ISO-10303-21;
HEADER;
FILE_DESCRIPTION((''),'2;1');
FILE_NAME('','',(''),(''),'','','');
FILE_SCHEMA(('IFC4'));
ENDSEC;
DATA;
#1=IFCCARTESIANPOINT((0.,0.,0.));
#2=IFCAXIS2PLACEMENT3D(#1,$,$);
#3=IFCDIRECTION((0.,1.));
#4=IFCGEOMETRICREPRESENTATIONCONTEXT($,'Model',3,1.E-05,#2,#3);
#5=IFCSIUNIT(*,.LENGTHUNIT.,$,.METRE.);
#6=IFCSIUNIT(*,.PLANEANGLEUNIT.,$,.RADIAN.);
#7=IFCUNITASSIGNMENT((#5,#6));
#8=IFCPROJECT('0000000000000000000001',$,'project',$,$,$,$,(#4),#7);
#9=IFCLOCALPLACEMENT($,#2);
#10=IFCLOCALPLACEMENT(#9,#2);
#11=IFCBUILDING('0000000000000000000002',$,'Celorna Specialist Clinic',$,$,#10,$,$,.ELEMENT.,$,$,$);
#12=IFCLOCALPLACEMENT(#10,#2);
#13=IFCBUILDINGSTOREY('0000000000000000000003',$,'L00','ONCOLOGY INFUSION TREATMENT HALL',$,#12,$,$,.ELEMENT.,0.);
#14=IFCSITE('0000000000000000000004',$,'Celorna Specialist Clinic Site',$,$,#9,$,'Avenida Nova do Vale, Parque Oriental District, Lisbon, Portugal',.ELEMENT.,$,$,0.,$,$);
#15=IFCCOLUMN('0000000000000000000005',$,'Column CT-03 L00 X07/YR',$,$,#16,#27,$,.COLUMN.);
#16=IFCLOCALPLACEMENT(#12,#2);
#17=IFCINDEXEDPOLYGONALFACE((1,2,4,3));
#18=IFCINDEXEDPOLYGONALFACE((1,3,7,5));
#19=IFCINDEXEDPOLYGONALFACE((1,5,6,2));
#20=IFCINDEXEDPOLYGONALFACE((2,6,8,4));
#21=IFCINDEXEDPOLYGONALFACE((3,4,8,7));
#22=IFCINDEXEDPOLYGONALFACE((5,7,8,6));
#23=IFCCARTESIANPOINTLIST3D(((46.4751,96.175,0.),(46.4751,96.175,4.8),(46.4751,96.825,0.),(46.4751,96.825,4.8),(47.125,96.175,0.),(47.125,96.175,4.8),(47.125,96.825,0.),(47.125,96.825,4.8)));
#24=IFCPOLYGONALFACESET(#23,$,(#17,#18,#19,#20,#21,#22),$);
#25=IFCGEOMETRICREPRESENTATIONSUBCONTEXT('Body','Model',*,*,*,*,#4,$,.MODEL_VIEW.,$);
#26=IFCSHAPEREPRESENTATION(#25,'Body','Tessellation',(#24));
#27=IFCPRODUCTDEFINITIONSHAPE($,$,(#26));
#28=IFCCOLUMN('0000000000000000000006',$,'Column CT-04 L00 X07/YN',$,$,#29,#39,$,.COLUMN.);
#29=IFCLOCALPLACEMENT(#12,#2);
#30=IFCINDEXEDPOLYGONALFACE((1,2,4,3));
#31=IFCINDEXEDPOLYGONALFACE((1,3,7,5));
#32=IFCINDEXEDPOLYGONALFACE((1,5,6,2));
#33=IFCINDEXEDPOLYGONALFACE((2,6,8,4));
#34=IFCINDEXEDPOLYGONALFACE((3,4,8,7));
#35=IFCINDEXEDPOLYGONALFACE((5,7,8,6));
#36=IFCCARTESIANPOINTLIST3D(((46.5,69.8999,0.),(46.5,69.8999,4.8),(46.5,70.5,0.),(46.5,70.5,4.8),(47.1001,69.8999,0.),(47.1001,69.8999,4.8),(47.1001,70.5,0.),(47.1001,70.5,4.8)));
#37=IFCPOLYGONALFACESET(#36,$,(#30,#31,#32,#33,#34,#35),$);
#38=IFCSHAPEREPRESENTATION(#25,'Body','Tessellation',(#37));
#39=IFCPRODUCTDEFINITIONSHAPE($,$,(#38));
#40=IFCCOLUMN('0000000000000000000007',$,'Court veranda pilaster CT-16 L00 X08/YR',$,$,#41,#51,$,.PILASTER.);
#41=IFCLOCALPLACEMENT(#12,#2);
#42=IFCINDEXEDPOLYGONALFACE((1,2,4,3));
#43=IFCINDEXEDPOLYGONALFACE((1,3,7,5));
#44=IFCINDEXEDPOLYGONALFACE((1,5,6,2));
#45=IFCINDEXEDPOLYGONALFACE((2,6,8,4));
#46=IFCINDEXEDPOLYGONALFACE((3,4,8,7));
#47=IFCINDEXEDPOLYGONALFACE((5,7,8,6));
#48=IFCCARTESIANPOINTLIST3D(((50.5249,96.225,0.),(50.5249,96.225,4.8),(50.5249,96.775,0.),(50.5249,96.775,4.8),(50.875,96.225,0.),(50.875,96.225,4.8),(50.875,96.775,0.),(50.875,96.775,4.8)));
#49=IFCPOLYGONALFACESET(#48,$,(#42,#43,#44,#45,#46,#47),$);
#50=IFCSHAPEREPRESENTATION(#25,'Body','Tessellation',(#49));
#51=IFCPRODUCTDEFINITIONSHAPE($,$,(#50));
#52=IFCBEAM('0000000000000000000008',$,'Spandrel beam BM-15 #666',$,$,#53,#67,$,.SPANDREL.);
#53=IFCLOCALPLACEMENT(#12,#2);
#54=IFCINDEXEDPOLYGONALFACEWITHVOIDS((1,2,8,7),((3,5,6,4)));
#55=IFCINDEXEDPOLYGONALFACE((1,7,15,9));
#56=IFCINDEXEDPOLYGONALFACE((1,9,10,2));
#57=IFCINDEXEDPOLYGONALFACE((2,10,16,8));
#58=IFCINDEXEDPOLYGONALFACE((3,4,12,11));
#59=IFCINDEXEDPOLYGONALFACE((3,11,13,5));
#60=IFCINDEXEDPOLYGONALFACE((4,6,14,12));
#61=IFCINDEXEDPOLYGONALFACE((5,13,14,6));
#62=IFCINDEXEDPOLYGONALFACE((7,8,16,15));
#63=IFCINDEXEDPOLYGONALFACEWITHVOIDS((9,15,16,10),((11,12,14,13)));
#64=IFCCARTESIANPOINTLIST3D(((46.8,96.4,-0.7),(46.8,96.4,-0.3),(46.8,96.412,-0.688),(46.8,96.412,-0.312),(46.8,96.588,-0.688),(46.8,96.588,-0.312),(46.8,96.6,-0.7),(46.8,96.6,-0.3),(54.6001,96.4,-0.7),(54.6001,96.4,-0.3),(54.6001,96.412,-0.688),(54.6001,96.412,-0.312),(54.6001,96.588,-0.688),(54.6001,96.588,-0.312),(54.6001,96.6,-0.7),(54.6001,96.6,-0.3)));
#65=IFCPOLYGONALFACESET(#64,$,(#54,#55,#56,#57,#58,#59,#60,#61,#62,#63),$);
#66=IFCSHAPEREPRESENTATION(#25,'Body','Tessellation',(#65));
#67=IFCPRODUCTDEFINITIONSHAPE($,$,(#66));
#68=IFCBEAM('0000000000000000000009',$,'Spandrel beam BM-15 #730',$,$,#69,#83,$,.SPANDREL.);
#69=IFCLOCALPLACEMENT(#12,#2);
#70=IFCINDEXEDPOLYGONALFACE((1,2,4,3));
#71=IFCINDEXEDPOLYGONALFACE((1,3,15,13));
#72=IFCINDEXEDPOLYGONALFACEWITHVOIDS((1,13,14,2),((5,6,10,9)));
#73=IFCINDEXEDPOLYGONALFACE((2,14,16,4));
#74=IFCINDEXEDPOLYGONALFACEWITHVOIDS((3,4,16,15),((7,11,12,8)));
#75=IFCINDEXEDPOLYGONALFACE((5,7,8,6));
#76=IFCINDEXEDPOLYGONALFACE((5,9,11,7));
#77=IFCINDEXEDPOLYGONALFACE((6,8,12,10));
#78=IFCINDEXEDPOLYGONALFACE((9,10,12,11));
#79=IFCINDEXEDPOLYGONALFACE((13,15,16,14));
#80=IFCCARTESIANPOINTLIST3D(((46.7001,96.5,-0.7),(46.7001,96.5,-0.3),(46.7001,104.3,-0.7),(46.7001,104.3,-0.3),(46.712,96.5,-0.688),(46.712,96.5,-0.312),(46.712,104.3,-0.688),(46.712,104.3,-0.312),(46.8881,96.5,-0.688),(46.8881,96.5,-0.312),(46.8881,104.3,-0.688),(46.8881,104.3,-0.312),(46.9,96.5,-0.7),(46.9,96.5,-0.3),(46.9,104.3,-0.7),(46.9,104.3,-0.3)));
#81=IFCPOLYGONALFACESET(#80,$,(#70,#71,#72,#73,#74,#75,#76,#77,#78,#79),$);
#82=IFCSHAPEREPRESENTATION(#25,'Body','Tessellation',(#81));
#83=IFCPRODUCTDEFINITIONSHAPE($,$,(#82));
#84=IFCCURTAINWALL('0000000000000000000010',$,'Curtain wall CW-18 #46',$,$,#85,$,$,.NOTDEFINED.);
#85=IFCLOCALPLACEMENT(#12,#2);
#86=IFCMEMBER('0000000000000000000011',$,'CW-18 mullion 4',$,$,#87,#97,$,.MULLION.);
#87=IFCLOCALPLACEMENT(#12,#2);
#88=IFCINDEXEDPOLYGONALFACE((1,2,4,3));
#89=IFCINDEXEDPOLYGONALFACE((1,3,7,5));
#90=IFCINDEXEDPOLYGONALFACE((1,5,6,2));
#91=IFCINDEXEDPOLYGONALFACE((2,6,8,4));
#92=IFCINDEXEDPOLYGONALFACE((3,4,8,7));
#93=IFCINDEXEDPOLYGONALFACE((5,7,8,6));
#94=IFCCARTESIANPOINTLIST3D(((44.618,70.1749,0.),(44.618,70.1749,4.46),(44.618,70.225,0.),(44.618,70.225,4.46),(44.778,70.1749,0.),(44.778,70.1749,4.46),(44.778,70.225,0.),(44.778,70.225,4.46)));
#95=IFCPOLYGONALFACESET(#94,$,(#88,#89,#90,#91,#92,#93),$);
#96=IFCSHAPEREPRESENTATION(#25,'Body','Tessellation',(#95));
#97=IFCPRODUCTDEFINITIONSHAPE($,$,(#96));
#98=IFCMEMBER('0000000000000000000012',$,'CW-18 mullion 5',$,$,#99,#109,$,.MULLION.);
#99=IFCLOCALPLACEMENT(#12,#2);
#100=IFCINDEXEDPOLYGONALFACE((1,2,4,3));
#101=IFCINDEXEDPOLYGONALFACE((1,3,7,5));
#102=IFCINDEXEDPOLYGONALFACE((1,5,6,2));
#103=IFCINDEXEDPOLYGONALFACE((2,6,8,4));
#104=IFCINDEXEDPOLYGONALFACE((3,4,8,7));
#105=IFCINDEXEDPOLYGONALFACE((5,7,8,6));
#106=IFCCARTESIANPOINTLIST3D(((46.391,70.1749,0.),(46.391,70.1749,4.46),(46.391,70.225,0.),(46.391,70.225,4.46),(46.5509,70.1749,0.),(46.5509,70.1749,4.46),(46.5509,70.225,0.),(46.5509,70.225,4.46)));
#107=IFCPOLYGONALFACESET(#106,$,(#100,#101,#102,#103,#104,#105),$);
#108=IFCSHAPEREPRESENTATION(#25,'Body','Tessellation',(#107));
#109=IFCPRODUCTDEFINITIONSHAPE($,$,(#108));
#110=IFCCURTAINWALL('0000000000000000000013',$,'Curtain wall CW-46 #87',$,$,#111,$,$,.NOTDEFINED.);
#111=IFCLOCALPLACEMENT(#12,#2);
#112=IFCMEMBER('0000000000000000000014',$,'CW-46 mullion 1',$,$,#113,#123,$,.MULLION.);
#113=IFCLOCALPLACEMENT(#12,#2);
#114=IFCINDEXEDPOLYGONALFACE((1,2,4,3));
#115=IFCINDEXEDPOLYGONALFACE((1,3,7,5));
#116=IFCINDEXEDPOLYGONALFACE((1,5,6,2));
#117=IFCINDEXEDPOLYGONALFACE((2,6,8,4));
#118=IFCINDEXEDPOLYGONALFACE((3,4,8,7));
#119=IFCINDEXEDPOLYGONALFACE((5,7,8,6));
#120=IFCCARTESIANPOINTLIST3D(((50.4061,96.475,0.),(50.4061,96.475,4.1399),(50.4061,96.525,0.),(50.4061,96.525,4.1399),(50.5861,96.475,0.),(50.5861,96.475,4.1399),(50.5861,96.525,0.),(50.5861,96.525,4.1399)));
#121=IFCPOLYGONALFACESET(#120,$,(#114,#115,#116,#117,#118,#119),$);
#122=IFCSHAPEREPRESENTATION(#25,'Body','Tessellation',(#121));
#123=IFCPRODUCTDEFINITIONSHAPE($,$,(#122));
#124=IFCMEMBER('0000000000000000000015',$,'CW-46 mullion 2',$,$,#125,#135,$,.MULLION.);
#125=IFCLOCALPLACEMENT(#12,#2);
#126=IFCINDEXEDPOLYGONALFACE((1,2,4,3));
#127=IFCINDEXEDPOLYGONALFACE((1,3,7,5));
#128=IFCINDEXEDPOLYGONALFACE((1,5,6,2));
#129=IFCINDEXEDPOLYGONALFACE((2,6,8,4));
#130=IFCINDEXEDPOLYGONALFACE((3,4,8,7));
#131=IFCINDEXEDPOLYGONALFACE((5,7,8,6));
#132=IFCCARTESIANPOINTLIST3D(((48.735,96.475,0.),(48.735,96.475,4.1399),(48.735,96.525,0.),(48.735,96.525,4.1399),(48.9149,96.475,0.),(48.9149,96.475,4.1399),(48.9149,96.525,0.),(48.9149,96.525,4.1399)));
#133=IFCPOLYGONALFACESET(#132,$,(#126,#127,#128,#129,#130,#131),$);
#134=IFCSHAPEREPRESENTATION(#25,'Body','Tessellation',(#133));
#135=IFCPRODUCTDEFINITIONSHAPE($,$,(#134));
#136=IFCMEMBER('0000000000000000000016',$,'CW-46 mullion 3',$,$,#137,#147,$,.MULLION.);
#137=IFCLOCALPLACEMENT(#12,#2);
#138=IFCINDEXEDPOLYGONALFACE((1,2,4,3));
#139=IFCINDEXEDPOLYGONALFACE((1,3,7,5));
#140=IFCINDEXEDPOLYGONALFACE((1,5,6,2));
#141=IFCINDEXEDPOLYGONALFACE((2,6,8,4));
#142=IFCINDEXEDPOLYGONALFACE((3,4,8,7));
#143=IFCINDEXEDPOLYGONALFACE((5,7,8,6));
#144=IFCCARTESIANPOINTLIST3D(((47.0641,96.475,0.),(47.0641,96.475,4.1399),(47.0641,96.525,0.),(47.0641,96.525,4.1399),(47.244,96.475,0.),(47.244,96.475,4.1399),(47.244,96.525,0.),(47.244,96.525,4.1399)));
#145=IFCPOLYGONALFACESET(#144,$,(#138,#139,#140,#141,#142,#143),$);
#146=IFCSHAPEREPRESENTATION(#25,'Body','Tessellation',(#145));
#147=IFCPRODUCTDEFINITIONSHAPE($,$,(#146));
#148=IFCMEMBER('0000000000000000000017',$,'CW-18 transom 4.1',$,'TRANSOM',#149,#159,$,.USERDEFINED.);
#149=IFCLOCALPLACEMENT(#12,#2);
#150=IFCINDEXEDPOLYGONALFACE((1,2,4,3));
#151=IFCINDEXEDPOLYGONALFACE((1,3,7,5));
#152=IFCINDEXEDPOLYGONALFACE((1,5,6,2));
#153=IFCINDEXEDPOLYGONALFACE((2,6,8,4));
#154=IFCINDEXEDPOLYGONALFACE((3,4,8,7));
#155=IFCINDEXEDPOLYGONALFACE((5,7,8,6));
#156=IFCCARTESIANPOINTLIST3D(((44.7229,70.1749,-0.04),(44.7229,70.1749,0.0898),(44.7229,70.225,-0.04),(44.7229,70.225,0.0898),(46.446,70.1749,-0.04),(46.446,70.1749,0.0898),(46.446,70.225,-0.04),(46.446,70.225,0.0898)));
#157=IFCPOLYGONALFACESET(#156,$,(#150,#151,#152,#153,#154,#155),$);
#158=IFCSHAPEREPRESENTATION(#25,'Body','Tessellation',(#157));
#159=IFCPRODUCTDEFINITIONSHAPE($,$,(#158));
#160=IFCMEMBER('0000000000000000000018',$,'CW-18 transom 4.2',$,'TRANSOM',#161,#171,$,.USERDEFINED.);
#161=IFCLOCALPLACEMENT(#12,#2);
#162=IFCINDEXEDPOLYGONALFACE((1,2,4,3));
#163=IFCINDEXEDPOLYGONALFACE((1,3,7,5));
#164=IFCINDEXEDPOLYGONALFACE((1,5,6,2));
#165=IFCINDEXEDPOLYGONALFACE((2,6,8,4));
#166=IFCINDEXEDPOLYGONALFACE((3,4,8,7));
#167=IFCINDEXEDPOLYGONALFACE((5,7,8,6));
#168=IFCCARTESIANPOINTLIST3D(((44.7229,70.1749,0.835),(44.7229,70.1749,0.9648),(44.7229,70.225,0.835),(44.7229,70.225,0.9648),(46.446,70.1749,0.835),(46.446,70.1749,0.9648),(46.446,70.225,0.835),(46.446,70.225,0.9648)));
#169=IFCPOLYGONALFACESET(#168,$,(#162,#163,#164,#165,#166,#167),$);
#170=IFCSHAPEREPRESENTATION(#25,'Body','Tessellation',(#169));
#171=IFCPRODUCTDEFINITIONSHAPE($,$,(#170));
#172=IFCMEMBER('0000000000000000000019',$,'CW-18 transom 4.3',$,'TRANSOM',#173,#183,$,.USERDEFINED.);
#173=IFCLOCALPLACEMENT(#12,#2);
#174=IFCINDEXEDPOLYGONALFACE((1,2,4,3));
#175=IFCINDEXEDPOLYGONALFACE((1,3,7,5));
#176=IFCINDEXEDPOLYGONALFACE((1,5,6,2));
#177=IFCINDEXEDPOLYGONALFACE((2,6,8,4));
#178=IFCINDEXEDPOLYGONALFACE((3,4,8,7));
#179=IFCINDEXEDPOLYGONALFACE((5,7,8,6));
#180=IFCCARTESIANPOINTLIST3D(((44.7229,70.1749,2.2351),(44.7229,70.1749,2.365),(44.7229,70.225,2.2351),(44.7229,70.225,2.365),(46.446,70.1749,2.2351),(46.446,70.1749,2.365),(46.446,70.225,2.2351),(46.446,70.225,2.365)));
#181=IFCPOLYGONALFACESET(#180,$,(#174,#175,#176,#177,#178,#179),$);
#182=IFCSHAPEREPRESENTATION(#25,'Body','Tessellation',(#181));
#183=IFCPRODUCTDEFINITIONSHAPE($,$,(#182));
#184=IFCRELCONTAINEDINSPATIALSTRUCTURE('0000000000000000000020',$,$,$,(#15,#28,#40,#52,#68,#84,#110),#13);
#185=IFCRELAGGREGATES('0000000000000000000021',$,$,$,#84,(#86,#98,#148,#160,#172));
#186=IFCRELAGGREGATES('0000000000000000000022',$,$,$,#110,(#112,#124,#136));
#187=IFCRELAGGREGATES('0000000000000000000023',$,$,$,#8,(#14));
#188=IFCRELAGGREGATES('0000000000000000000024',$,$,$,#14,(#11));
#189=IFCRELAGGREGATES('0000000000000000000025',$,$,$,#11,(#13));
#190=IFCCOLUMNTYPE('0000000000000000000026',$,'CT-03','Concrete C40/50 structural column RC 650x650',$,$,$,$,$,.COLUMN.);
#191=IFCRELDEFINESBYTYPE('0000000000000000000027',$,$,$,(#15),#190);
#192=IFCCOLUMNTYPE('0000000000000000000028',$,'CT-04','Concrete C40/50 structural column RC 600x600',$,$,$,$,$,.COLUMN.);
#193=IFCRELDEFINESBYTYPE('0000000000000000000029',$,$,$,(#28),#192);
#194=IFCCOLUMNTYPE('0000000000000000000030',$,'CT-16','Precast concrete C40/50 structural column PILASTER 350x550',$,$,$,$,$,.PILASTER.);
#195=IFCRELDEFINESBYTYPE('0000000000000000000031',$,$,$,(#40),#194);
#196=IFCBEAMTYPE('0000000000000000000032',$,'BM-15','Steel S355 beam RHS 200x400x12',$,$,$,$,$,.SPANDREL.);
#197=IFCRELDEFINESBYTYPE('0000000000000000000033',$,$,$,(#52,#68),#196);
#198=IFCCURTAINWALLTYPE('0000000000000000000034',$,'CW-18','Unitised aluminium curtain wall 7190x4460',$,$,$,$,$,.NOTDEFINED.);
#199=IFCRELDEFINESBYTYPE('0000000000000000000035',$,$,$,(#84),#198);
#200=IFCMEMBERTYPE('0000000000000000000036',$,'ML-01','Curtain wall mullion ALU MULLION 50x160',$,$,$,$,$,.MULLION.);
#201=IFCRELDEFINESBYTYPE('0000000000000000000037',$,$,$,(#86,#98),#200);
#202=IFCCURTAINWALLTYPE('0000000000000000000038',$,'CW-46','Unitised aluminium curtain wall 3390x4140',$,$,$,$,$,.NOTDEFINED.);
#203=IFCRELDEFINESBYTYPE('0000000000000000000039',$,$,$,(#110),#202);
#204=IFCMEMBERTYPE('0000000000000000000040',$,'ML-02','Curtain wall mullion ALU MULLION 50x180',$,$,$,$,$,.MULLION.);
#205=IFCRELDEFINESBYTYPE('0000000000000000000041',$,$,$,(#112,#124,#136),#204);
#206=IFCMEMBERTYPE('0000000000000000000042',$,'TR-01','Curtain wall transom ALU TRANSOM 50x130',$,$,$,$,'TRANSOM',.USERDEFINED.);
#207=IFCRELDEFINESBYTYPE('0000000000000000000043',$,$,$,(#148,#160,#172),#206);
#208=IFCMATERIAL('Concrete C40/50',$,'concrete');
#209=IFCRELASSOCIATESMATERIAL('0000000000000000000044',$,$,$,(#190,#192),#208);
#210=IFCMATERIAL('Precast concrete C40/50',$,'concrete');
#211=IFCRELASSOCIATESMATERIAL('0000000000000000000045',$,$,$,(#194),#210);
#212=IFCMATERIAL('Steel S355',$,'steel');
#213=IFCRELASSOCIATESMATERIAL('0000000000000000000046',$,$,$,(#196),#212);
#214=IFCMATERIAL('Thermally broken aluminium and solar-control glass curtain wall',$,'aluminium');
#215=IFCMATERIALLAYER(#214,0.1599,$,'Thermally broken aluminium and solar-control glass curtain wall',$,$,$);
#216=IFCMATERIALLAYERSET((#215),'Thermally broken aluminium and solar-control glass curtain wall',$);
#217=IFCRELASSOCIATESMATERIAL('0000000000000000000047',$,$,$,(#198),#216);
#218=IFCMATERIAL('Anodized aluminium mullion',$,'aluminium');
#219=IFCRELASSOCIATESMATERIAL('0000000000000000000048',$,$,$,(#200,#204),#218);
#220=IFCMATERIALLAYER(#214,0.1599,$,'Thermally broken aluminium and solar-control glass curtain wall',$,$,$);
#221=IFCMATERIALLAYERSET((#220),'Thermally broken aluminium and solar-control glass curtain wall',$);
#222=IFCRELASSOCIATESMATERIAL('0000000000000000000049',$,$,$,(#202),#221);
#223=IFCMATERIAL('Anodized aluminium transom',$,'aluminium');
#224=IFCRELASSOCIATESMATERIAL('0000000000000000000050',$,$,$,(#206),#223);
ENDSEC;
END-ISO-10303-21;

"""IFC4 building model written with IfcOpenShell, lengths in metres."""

from ifc_helpers import new_model, si_unit, direction, frame, origin, origin_2d, place, context, subcontext, project, spatial, rectangle, hollow_rectangle, extrude, material, layer, layer_set, material_profile, profile_set, type_object, element, aggregate, save


model = new_model("IFC4")

# Units and contexts
model_context = context("Model", 3, precision=1e-05, world=origin(), true_north=direction((0.0, 1.0)))
body_context = subcontext(model_context, "Body", "Model", "MODEL_VIEW")
ifc_project = project(units=[si_unit("LENGTHUNIT", "METRE"), si_unit("PLANEANGLEUNIT", "RADIAN")], contexts=[model_context])

# Site, building, storey
site_placement = place(None, origin())
site = spatial("IfcSite", under=ifc_project, at=site_placement, Name="Celorna Specialist Clinic Site", LongName="Avenida Nova do Vale, Parque Oriental District, Lisbon, Portugal", CompositionType="ELEMENT", RefElevation=0.0)
building_placement = place(site_placement, origin())
building = spatial("IfcBuilding", under=site, at=building_placement, Name="Celorna Specialist Clinic", CompositionType="ELEMENT")
storey_placement = place(building_placement, origin())
storey = spatial("IfcBuildingStorey", under=building, at=storey_placement, Name="L00", Description="ONCOLOGY INFUSION TREATMENT HALL", CompositionType="ELEMENT", Elevation=0.0)

# Columns
ifc_material_1 = material(Name="Concrete C40/50", Category="concrete")
ifc_material_profile_1 = material_profile(ifc_material_1, rectangle(XDim=0.6499, YDim=0.6499, at=origin_2d()), Name="RC 650x650")
ifc_profile_set_1 = profile_set([ifc_material_profile_1], Name="Concrete C40/50")
column_type_1 = type_object("IfcColumnType", Name="CT-03", Description="Concrete C40/50 structural column RC 650x650", PredefinedType="COLUMN", material=ifc_profile_set_1)
column_1_placement = place(storey_placement, frame((46.8, 96.5, 0.0), z_axis=(0.0, 0.0, 1.0), x_axis=(1.0, 0.0, 0.0)))
element("IfcColumn", 1, at=column_1_placement, inside=storey, type_object=column_type_1, Name="Column CT-03 L00 X07/YR", PredefinedType="COLUMN", context=body_context, shape_type="SweptSolid", body=[
    extrude(rectangle(XDim=0.6499, YDim=0.6499, at=origin_2d()), origin(), (0.0, 0.0, 1.0), 4.8),
])
ifc_material_profile_2 = material_profile(ifc_material_1, rectangle(XDim=0.6001, YDim=0.6001, at=origin_2d()), Name="RC 600x600")
ifc_profile_set_2 = profile_set([ifc_material_profile_2], Name="Concrete C40/50")
column_type_2 = type_object("IfcColumnType", Name="CT-04", Description="Concrete C40/50 structural column RC 600x600", PredefinedType="COLUMN", material=ifc_profile_set_2)
column_2_placement = place(storey_placement, frame((46.8, 70.2, 0.0), z_axis=(0.0, 0.0, 1.0), x_axis=(1.0, 0.0, 0.0)))
element("IfcColumn", 2, at=column_2_placement, inside=storey, type_object=column_type_2, Name="Column CT-04 L00 X07/YN", PredefinedType="COLUMN", context=body_context, shape_type="SweptSolid", body=[
    extrude(rectangle(XDim=0.6001, YDim=0.6001, at=origin_2d()), origin(), (0.0, 0.0, 1.0), 4.8),
])
ifc_material_2 = material(Name="Precast concrete C40/50", Category="concrete")
ifc_material_profile_3 = material_profile(ifc_material_2, rectangle(XDim=0.3501, YDim=0.55, at=origin_2d()), Name="PILASTER 350x550")
ifc_profile_set_3 = profile_set([ifc_material_profile_3], Name="Precast concrete C40/50")
column_type_3 = type_object("IfcColumnType", Name="CT-16", Description="Precast concrete C40/50 structural column PILASTER 350x550", PredefinedType="PILASTER", material=ifc_profile_set_3)
column_3_placement = place(storey_placement, frame((50.7, 96.5, 0.0), z_axis=(0.0, 0.0, 1.0), x_axis=(1.0, 0.0, 0.0)))
element("IfcColumn", 3, at=column_3_placement, inside=storey, type_object=column_type_3, Name="Court veranda pilaster CT-16 L00 X08/YR", PredefinedType="PILASTER", context=body_context, shape_type="SweptSolid", body=[
    extrude(rectangle(XDim=0.3501, YDim=0.55, at=origin_2d()), origin(), (0.0, 0.0, 1.0), 4.8),
])

# Beams
ifc_material_3 = material(Name="Steel S355", Category="steel")
ifc_material_profile_4 = material_profile(ifc_material_3, hollow_rectangle(XDim=0.2, YDim=0.3999, WallThickness=0.012, at=origin_2d()), Name="RHS 200x400x12")
ifc_profile_set_4 = profile_set([ifc_material_profile_4], Name="Steel S355")
beam_type = type_object("IfcBeamType", Name="BM-15", Description="Steel S355 beam RHS 200x400x12", PredefinedType="SPANDREL", material=ifc_profile_set_4)
for number, where, z_axis, x_axis, name in (
    (4, (46.8, 96.5, -0.5), (1.0, 0.0, 0.0), (0.0, 1.0, 0.0), "Spandrel beam BM-15 #666"),
    (5, (46.8, 96.5, -0.5), (0.0, 1.0, 0.0), (-1.0, 0.0, 0.0), "Spandrel beam BM-15 #730"),
):
    element("IfcBeam", number, at=place(storey_placement, frame(where, z_axis=z_axis, x_axis=x_axis)), inside=storey, type_object=beam_type, Name=name, PredefinedType="SPANDREL", context=body_context, shape_type="SweptSolid", body=[
        extrude(hollow_rectangle(XDim=0.2, YDim=0.3999, WallThickness=0.012, at=origin_2d()), origin(), (0.0, 0.0, 1.0), 7.8),
    ])

# Curtain walls, members
ifc_material_4 = material(Name="Thermally broken aluminium and solar-control glass curtain wall", Category="aluminium")
ifc_layer_1 = layer(ifc_material_4, 0.1599, Name="Thermally broken aluminium and solar-control glass curtain wall")
ifc_layer_set_1 = layer_set([ifc_layer_1], Name="Thermally broken aluminium and solar-control glass curtain wall")
curtain_wall_type_1 = type_object("IfcCurtainWallType", Name="CW-18", Description="Unitised aluminium curtain wall 7190x4460", PredefinedType="NOTDEFINED", material=ifc_layer_set_1)
curtain_wall_1_placement = place(storey_placement, origin())
curtain_wall_1 = element("IfcCurtainWall", 6, at=curtain_wall_1_placement, inside=storey, type_object=curtain_wall_type_1, Name="Curtain wall CW-18 #46", PredefinedType="NOTDEFINED")
ifc_material_5 = material(Name="Anodized aluminium mullion", Category="aluminium")
ifc_material_profile_5 = material_profile(ifc_material_5, rectangle(XDim=0.05, YDim=0.1599, at=origin_2d()), Name="ALU MULLION 50x160")
ifc_profile_set_5 = profile_set([ifc_material_profile_5], Name="Anodized aluminium mullion")
member_type_1 = type_object("IfcMemberType", Name="ML-01", Description="Curtain wall mullion ALU MULLION 50x160", PredefinedType="MULLION", material=ifc_profile_set_5)
member_1_placement = place(storey_placement, frame((44.698, 70.2, 0.0), z_axis=(0.0, 0.0, 1.0), x_axis=(0.0, 1.0, 0.0)))
member_1 = element("IfcMember", 7, at=member_1_placement, type_object=member_type_1, Name="CW-18 mullion 4", PredefinedType="MULLION", context=body_context, shape_type="SweptSolid", body=[
    extrude(rectangle(XDim=0.05, YDim=0.1599, at=origin_2d()), origin(), (0.0, 0.0, 1.0), 4.46),
])
member_2_placement = place(storey_placement, frame((46.4709, 70.2, 0.0), z_axis=(0.0, 0.0, 1.0), x_axis=(0.0, 1.0, 0.0)))
member_2 = element("IfcMember", 8, at=member_2_placement, type_object=member_type_1, Name="CW-18 mullion 5", PredefinedType="MULLION", context=body_context, shape_type="SweptSolid", body=[
    extrude(rectangle(XDim=0.05, YDim=0.1599, at=origin_2d()), origin(), (0.0, 0.0, 1.0), 4.46),
])
ifc_layer_2 = layer(ifc_material_4, 0.1599, Name="Thermally broken aluminium and solar-control glass curtain wall")
ifc_layer_set_2 = layer_set([ifc_layer_2], Name="Thermally broken aluminium and solar-control glass curtain wall")
curtain_wall_type_2 = type_object("IfcCurtainWallType", Name="CW-46", Description="Unitised aluminium curtain wall 3390x4140", PredefinedType="NOTDEFINED", material=ifc_layer_set_2)
curtain_wall_2_placement = place(storey_placement, origin())
curtain_wall_2 = element("IfcCurtainWall", 9, at=curtain_wall_2_placement, inside=storey, type_object=curtain_wall_type_2, Name="Curtain wall CW-46 #87", PredefinedType="NOTDEFINED")
ifc_material_profile_6 = material_profile(ifc_material_5, rectangle(XDim=0.05, YDim=0.1799, at=origin_2d()), Name="ALU MULLION 50x180")
ifc_profile_set_6 = profile_set([ifc_material_profile_6], Name="Anodized aluminium mullion")
member_type_2 = type_object("IfcMemberType", Name="ML-02", Description="Curtain wall mullion ALU MULLION 50x180", PredefinedType="MULLION", material=ifc_profile_set_6)
member_3_placement = place(storey_placement, frame((50.4961, 96.5, 0.0), z_axis=(0.0, 0.0, 1.0), x_axis=(0.0, -1.0, 0.0)))
member_3 = element("IfcMember", 10, at=member_3_placement, type_object=member_type_2, Name="CW-46 mullion 1", PredefinedType="MULLION", context=body_context, shape_type="SweptSolid", body=[
    extrude(rectangle(XDim=0.05, YDim=0.1799, at=origin_2d()), origin(), (0.0, 0.0, 1.0), 4.1399),
])
member_4_placement = place(storey_placement, frame((48.825, 96.5, 0.0), z_axis=(0.0, 0.0, 1.0), x_axis=(0.0, -1.0, 0.0)))
member_4 = element("IfcMember", 11, at=member_4_placement, type_object=member_type_2, Name="CW-46 mullion 2", PredefinedType="MULLION", context=body_context, shape_type="SweptSolid", body=[
    extrude(rectangle(XDim=0.05, YDim=0.1799, at=origin_2d()), origin(), (0.0, 0.0, 1.0), 4.1399),
])
member_5_placement = place(storey_placement, frame((47.1541, 96.5, 0.0), z_axis=(0.0, 0.0, 1.0), x_axis=(0.0, -1.0, 0.0)))
member_5 = element("IfcMember", 12, at=member_5_placement, type_object=member_type_2, Name="CW-46 mullion 3", PredefinedType="MULLION", context=body_context, shape_type="SweptSolid", body=[
    extrude(rectangle(XDim=0.05, YDim=0.1799, at=origin_2d()), origin(), (0.0, 0.0, 1.0), 4.1399),
])

# Members
ifc_material_6 = material(Name="Anodized aluminium transom", Category="aluminium")
ifc_material_profile_7 = material_profile(ifc_material_6, rectangle(XDim=0.05, YDim=0.1299, at=origin_2d()), Name="ALU TRANSOM 50x130")
ifc_profile_set_7 = profile_set([ifc_material_profile_7], Name="Anodized aluminium transom")
member_type_3 = type_object("IfcMemberType", Name="TR-01", Description="Curtain wall transom ALU TRANSOM 50x130", ElementType="TRANSOM", PredefinedType="USERDEFINED", material=ifc_profile_set_7)
member_6_placement = place(storey_placement, frame((44.7229, 70.2, 0.0249), z_axis=(1.0, 0.0, 0.0), x_axis=(0.0, 1.0, 0.0)))
member_6 = element("IfcMember", 13, at=member_6_placement, type_object=member_type_3, Name="CW-18 transom 4.1", ObjectType="TRANSOM", PredefinedType="USERDEFINED", context=body_context, shape_type="SweptSolid", body=[
    extrude(rectangle(XDim=0.05, YDim=0.1299, at=origin_2d()), origin(), (0.0, 0.0, 1.0), 1.7231),
])
member_7_placement = place(storey_placement, frame((44.7229, 70.2, 0.8999), z_axis=(1.0, 0.0, 0.0), x_axis=(0.0, 1.0, 0.0)))
member_7 = element("IfcMember", 14, at=member_7_placement, type_object=member_type_3, Name="CW-18 transom 4.2", ObjectType="TRANSOM", PredefinedType="USERDEFINED", context=body_context, shape_type="SweptSolid", body=[
    extrude(rectangle(XDim=0.05, YDim=0.1299, at=origin_2d()), origin(), (0.0, 0.0, 1.0), 1.7231),
])
member_8_placement = place(storey_placement, frame((44.7229, 70.2, 2.3), z_axis=(1.0, 0.0, 0.0), x_axis=(0.0, 1.0, 0.0)))
member_8 = element("IfcMember", 15, at=member_8_placement, type_object=member_type_3, Name="CW-18 transom 4.3", ObjectType="TRANSOM", PredefinedType="USERDEFINED", context=body_context, shape_type="SweptSolid", body=[
    extrude(rectangle(XDim=0.05, YDim=0.1299, at=origin_2d()), origin(), (0.0, 0.0, 1.0), 1.7231),
])

aggregate(curtain_wall_1, [member_1, member_2, member_6, member_7, member_8])
aggregate(curtain_wall_2, [member_3, member_4, member_5])

save(model, "model.ifc")
